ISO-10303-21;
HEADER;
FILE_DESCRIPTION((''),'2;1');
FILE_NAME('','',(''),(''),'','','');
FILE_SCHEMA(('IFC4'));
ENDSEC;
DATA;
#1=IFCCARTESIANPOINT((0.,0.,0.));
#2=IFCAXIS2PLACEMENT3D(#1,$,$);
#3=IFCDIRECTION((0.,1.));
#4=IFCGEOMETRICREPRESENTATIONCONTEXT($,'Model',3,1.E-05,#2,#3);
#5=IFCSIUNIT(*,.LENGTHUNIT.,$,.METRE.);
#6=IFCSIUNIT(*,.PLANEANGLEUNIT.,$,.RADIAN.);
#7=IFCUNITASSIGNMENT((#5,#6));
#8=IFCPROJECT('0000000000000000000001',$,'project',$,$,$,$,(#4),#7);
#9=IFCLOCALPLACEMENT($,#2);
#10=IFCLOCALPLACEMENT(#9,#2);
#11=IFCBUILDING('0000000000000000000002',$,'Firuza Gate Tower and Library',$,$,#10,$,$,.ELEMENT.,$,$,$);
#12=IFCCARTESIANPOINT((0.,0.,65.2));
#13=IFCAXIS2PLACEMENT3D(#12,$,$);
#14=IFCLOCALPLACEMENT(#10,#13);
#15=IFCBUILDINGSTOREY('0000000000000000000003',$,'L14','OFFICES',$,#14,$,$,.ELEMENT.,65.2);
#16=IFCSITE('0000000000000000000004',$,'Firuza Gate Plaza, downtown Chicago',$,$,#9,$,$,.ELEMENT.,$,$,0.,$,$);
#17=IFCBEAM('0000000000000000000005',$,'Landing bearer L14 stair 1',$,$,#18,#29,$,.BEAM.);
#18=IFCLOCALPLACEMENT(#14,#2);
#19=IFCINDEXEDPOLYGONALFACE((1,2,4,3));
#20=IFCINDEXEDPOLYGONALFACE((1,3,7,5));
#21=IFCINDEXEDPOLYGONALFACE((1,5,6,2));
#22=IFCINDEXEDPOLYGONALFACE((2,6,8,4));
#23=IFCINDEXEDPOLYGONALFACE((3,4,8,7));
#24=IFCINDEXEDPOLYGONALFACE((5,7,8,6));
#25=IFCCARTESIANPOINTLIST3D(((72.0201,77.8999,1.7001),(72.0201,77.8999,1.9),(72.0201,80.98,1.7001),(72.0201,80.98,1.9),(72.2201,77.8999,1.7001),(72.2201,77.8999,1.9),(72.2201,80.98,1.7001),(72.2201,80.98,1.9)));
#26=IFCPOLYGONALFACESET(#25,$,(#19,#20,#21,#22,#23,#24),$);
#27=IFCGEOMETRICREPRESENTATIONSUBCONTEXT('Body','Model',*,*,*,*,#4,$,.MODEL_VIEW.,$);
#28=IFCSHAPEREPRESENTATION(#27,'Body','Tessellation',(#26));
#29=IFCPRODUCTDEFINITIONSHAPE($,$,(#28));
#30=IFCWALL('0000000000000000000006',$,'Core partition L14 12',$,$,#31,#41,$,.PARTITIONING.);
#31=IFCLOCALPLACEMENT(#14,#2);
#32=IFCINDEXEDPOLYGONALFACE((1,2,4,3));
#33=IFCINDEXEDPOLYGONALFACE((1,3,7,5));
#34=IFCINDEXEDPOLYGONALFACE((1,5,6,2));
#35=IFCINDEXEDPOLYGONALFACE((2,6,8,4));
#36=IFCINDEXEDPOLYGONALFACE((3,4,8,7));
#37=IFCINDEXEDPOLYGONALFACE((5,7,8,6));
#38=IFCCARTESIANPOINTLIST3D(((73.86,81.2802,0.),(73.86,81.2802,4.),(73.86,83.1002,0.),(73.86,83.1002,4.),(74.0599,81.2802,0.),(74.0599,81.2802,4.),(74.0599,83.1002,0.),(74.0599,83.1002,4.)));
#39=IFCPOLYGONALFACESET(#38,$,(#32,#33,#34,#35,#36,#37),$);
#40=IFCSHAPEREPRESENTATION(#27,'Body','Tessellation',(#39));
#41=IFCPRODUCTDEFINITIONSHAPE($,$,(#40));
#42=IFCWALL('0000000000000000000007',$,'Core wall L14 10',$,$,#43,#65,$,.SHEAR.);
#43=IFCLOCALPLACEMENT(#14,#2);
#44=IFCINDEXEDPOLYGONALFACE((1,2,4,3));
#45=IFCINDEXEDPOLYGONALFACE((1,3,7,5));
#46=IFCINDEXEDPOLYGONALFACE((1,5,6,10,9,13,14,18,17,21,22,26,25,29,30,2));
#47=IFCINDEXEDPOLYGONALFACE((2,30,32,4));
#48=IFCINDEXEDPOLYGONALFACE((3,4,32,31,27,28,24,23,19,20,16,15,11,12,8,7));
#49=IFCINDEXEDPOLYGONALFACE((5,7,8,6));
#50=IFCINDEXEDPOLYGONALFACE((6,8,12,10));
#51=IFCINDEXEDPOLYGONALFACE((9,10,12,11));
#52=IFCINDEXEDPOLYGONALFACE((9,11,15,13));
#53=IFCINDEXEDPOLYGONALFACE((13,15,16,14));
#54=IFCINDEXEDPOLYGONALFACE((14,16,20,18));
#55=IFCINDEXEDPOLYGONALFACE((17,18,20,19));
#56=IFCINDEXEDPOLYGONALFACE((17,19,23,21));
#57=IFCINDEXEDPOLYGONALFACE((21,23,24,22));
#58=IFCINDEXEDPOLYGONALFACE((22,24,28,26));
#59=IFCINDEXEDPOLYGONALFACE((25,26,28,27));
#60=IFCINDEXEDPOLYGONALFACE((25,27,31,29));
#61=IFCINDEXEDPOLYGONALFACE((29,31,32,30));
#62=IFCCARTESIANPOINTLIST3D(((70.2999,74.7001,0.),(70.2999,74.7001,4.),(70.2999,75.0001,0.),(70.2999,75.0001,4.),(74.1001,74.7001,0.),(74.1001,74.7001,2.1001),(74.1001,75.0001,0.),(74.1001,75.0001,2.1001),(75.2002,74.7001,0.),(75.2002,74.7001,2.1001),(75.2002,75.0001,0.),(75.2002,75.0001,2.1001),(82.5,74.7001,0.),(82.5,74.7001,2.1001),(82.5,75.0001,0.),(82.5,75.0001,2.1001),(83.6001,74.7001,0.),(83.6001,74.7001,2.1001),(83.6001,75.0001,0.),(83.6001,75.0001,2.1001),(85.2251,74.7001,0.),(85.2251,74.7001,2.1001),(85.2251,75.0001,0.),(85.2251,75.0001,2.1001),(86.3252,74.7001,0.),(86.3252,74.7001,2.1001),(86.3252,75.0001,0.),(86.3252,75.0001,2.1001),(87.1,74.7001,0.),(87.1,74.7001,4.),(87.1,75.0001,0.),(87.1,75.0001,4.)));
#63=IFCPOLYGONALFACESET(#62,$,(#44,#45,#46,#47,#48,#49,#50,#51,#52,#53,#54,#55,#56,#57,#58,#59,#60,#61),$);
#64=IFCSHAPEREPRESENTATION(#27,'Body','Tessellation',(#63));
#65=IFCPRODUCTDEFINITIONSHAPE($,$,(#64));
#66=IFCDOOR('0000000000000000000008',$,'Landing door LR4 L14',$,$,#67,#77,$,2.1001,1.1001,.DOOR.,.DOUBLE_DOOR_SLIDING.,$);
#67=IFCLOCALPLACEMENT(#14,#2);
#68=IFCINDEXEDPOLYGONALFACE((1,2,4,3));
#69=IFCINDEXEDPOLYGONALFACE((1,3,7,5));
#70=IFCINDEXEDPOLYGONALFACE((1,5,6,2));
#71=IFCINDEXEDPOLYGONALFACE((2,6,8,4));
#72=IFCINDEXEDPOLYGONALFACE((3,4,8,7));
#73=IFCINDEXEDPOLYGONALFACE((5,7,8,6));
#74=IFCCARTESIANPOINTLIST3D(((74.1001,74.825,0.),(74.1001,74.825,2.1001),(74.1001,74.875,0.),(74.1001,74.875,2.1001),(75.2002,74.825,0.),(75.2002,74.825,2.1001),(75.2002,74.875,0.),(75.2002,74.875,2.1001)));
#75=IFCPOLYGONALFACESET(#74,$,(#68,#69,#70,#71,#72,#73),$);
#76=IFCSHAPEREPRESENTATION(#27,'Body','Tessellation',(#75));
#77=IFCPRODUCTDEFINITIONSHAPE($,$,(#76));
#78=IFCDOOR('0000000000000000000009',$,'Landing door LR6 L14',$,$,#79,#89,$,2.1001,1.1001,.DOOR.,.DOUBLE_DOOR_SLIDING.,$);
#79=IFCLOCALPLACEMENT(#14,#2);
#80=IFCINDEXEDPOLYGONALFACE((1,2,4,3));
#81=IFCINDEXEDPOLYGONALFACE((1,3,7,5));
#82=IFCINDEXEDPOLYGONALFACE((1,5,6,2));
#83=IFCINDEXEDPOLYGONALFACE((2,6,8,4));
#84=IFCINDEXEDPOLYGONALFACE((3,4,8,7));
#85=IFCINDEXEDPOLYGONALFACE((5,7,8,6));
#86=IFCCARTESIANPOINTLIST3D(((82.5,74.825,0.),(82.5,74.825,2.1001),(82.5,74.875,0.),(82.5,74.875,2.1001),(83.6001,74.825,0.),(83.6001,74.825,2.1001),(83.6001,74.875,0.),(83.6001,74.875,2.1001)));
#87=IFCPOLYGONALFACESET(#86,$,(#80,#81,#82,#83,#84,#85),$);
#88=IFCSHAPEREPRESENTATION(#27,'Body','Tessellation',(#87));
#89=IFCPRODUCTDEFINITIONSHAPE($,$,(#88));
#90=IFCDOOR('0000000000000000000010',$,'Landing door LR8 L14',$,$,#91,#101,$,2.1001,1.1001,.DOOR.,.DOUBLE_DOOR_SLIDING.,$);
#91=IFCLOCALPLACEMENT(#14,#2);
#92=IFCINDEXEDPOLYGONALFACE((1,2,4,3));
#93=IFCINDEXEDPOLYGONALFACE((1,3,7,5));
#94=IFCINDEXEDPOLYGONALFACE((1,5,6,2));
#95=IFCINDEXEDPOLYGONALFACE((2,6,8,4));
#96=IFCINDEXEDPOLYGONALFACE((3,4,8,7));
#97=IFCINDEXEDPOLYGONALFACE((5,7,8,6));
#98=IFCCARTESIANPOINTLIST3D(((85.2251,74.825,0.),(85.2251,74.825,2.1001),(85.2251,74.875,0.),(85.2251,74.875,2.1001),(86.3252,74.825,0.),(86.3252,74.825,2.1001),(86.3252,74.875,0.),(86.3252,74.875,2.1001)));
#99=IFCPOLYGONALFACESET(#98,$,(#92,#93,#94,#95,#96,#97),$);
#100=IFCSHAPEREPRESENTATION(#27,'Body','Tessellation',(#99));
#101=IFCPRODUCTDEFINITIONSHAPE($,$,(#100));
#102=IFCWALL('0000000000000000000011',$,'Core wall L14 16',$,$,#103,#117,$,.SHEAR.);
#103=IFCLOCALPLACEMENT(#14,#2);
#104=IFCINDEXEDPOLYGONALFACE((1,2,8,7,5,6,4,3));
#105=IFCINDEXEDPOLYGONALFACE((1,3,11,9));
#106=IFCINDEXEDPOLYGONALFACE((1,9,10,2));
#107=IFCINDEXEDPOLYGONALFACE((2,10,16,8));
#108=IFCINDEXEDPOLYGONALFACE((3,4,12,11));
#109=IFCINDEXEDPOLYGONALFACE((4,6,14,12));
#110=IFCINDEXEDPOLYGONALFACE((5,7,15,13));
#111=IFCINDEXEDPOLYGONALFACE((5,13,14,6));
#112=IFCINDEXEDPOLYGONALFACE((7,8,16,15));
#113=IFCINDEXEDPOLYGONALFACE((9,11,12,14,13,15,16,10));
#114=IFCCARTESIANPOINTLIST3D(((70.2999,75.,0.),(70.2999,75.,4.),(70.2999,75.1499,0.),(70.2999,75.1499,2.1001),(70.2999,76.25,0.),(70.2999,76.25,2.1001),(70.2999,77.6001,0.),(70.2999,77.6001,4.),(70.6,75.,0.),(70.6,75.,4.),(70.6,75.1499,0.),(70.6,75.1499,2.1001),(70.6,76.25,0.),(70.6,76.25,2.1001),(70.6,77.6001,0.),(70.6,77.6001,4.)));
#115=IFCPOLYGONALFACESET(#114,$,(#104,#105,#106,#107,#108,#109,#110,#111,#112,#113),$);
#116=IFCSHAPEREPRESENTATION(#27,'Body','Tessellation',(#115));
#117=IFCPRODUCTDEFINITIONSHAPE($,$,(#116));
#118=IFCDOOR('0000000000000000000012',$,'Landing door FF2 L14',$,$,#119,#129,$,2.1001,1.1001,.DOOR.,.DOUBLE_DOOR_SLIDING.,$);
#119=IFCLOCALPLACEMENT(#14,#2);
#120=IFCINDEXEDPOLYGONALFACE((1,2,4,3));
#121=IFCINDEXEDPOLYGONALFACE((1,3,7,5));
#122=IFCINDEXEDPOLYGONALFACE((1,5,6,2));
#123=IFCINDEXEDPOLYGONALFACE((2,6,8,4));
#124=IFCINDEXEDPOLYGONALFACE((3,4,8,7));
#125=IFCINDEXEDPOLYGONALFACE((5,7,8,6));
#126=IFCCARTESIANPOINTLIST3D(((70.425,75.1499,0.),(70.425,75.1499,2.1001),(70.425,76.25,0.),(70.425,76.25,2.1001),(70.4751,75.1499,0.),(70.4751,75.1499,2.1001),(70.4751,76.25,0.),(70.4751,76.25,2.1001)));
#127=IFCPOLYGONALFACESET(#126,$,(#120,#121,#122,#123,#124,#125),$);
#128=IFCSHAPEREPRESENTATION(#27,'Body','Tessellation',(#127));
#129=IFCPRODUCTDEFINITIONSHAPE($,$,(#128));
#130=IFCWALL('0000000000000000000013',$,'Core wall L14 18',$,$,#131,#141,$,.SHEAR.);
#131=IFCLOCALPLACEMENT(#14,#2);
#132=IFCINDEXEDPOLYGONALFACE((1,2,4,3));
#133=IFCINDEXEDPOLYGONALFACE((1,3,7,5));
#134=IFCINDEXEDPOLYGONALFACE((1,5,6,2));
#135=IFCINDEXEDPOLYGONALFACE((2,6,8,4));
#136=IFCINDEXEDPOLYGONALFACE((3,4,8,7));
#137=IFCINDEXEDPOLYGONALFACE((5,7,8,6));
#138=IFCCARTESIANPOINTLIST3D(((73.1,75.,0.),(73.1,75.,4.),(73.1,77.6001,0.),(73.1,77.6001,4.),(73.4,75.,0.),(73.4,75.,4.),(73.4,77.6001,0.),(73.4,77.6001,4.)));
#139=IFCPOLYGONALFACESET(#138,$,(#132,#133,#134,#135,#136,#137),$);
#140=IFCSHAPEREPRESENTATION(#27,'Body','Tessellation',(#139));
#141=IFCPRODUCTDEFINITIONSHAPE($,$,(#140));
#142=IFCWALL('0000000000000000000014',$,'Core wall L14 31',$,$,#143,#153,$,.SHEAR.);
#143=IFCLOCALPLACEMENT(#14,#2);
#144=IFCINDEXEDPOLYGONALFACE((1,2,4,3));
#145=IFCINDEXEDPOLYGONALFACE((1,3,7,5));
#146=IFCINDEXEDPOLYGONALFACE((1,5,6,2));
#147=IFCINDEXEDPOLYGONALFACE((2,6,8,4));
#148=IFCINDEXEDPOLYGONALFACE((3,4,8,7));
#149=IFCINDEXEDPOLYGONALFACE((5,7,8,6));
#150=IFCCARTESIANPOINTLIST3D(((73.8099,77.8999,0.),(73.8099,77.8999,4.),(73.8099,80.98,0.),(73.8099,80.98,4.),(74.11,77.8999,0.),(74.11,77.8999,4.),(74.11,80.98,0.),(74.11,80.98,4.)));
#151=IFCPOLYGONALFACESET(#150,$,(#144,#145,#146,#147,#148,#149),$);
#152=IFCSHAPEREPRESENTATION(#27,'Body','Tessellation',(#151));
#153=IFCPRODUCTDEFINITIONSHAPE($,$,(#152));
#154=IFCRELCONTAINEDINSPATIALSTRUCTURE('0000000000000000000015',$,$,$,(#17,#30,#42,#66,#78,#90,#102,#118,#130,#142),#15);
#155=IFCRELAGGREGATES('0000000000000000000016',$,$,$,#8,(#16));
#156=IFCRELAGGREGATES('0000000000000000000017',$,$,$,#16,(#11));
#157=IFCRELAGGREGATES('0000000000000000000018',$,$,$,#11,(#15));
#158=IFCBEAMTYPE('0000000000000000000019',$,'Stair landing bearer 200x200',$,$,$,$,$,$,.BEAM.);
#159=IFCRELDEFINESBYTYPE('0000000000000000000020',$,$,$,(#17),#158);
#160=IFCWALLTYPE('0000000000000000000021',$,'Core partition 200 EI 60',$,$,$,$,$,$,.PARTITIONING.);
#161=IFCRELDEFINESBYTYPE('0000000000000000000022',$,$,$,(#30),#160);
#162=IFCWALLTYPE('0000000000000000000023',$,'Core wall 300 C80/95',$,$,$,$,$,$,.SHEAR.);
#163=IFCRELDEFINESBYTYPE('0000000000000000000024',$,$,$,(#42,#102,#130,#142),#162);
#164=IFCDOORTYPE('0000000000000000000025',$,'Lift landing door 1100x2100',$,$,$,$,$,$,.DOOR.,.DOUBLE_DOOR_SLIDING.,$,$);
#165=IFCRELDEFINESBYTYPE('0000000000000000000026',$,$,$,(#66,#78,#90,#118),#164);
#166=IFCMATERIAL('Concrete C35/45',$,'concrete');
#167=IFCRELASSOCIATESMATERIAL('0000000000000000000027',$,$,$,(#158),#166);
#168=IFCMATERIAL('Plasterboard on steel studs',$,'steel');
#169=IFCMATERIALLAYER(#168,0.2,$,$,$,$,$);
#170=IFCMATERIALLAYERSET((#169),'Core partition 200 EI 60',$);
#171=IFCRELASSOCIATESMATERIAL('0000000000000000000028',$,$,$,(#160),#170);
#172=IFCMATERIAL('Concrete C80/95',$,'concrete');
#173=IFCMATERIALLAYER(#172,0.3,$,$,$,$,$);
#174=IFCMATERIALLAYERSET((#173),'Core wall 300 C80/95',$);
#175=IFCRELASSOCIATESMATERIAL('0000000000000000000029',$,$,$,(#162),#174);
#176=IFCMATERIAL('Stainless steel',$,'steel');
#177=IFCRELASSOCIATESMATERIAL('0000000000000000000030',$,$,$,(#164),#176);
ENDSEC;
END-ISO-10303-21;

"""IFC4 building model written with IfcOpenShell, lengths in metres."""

from ifc_helpers import new_model, si_unit, direction, frame, frame_2d, origin, origin_2d, place, context, subcontext, project, spatial, rectangle, extrude, material, layer, layer_set, material_profile, profile_set, type_object, element, fill, save


model = new_model("IFC4")

# Units and contexts
model_context = context("Model", 3, precision=1e-05, world=origin(), true_north=direction((0.0, 1.0)))
body_context = subcontext(model_context, "Body", "Model", "MODEL_VIEW")
ifc_project = project(units=[si_unit("LENGTHUNIT", "METRE"), si_unit("PLANEANGLEUNIT", "RADIAN")], contexts=[model_context])

# Site, building, storey
site_placement = place(None, origin())
site = spatial("IfcSite", under=ifc_project, at=site_placement, Name="Firuza Gate Plaza, downtown Chicago", CompositionType="ELEMENT", RefElevation=0.0)
building_placement = place(site_placement, origin())
building = spatial("IfcBuilding", under=site, at=building_placement, Name="Firuza Gate Tower and Library", CompositionType="ELEMENT")
storey_placement = place(building_placement, frame((0.0, 0.0, 65.2)))
storey = spatial("IfcBuildingStorey", under=building, at=storey_placement, Name="L14", Description="OFFICES", CompositionType="ELEMENT", Elevation=65.2)

# Beam
ifc_material_1 = material(Name="Concrete C35/45", Category="concrete")
ifc_material_profile = material_profile(ifc_material_1, rectangle(XDim=0.2, YDim=0.2, at=origin_2d()))
ifc_profile_set = profile_set([ifc_material_profile], Name="Concrete C35/45")
beam_type = type_object("IfcBeamType", Name="Stair landing bearer 200x200", PredefinedType="BEAM", material=ifc_profile_set)
beam_placement = place(storey_placement, frame((72.1201, 77.8999, 1.8), z_axis=(0.0, 1.0, 0.0), x_axis=(-1.0, 0.0, 0.0)))
element("IfcBeam", 1, at=beam_placement, inside=storey, type_object=beam_type, Name="Landing bearer L14 stair 1", PredefinedType="BEAM", context=body_context, shape_type="SweptSolid", body=[
    extrude(rectangle(XDim=0.2, YDim=0.2, at=origin_2d()), origin(), (0.0, 0.0, 1.0), 3.0801),
])

# Wall
ifc_material_2 = material(Name="Plasterboard on steel studs", Category="steel")
ifc_layer_1 = layer(ifc_material_2, 0.2)
ifc_layer_set_1 = layer_set([ifc_layer_1], Name="Core partition 200 EI 60")
wall_type_1 = type_object("IfcWallType", Name="Core partition 200 EI 60", PredefinedType="PARTITIONING", material=ifc_layer_set_1)
wall_1_placement = place(storey_placement, frame((73.96, 81.28, 0.0), z_axis=(0.0, 0.0, 1.0), x_axis=(0.0, 1.0, 0.0)))
element("IfcWall", 2, at=wall_1_placement, inside=storey, type_object=wall_type_1, Name="Core partition L14 12", PredefinedType="PARTITIONING", context=body_context, shape_type="SweptSolid", body=[
    extrude(rectangle(XDim=1.8201, YDim=0.2, at=frame_2d((0.9102, 0.0))), origin(), (0.0, 0.0, 1.0), 4.0),
])

# Wall, openings, doors
ifc_material_3 = material(Name="Concrete C80/95", Category="concrete")
ifc_layer_2 = layer(ifc_material_3, 0.3)
ifc_layer_set_2 = layer_set([ifc_layer_2], Name="Core wall 300 C80/95")
wall_type_2 = type_object("IfcWallType", Name="Core wall 300 C80/95", PredefinedType="SHEAR", material=ifc_layer_set_2)
wall_2_placement = place(storey_placement, frame((70.3, 74.8501, 0.0), z_axis=(0.0, 0.0, 1.0), x_axis=(1.0, 0.0, 0.0)))
wall_2 = element("IfcWall", 3, at=wall_2_placement, inside=storey, type_object=wall_type_2, Name="Core wall L14 10", PredefinedType="SHEAR", context=body_context, shape_type="SweptSolid", body=[
    extrude(rectangle(XDim=16.8, YDim=0.3, at=frame_2d((8.3999, 0.0))), origin(), (0.0, 0.0, 1.0), 4.0),
])
opening_1_placement = place(wall_2_placement, frame((3.8, 0.0, 0.0)))
opening_1 = element("IfcOpeningElement", 4, at=opening_1_placement, cuts=wall_2, PredefinedType="OPENING", context=body_context, shape_type="SweptSolid", body=[
    extrude(rectangle(XDim=1.1001, YDim=2.1001, at=frame_2d((0.55, 1.05))), frame((0.0, 0.1602, 0.0), z_axis=(0.0, -1.0, 0.0), x_axis=(1.0, 0.0, 0.0)), (0.0, 0.0, 1.0), 0.3201),
])
opening_2_placement = place(wall_2_placement, frame((12.2, 0.0, 0.0)))
opening_2 = element("IfcOpeningElement", 5, at=opening_2_placement, cuts=wall_2, PredefinedType="OPENING", context=body_context, shape_type="SweptSolid", body=[
    extrude(rectangle(XDim=1.1001, YDim=2.1001, at=frame_2d((0.55, 1.05))), frame((0.0, 0.1602, 0.0), z_axis=(0.0, -1.0, 0.0), x_axis=(1.0, 0.0, 0.0)), (0.0, 0.0, 1.0), 0.3201),
])
opening_3_placement = place(wall_2_placement, frame((14.925, 0.0, 0.0)))
opening_3 = element("IfcOpeningElement", 6, at=opening_3_placement, cuts=wall_2, PredefinedType="OPENING", context=body_context, shape_type="SweptSolid", body=[
    extrude(rectangle(XDim=1.1001, YDim=2.1001, at=frame_2d((0.55, 1.05))), frame((0.0, 0.1602, 0.0), z_axis=(0.0, -1.0, 0.0), x_axis=(1.0, 0.0, 0.0)), (0.0, 0.0, 1.0), 0.3201),
])
ifc_material_4 = material(Name="Stainless steel", Category="steel")
door_type_1 = type_object("IfcDoorType", Name="Lift landing door 1100x2100", OperationType="DOUBLE_DOOR_SLIDING", PredefinedType="DOOR", material=ifc_material_4)
door_1_placement = place(opening_1_placement, origin())
door_1 = element("IfcDoor", 7, at=door_1_placement, inside=storey, type_object=door_type_1, Name="Landing door LR4 L14", OperationType="DOUBLE_DOOR_SLIDING", OverallHeight=2.1001, OverallWidth=1.1001, PredefinedType="DOOR", context=body_context, shape_type="SweptSolid", body=[
    extrude(rectangle(XDim=1.1001, YDim=2.1001, at=frame_2d((0.55, 1.05))), frame((0.0, 0.0249, 0.0), z_axis=(0.0, -1.0, 0.0), x_axis=(1.0, 0.0, 0.0)), (0.0, 0.0, 1.0), 0.05),
])
fill(opening_1, door_1)
door_2_placement = place(opening_2_placement, origin())
door_2 = element("IfcDoor", 8, at=door_2_placement, inside=storey, type_object=door_type_1, Name="Landing door LR6 L14", OperationType="DOUBLE_DOOR_SLIDING", OverallHeight=2.1001, OverallWidth=1.1001, PredefinedType="DOOR", context=body_context, shape_type="SweptSolid", body=[
    extrude(rectangle(XDim=1.1001, YDim=2.1001, at=frame_2d((0.55, 1.05))), frame((0.0, 0.0249, 0.0), z_axis=(0.0, -1.0, 0.0), x_axis=(1.0, 0.0, 0.0)), (0.0, 0.0, 1.0), 0.05),
])
fill(opening_2, door_2)
door_3_placement = place(opening_3_placement, origin())
door_3 = element("IfcDoor", 9, at=door_3_placement, inside=storey, type_object=door_type_1, Name="Landing door LR8 L14", OperationType="DOUBLE_DOOR_SLIDING", OverallHeight=2.1001, OverallWidth=1.1001, PredefinedType="DOOR", context=body_context, shape_type="SweptSolid", body=[
    extrude(rectangle(XDim=1.1001, YDim=2.1001, at=frame_2d((0.55, 1.05))), frame((0.0, 0.0249, 0.0), z_axis=(0.0, -1.0, 0.0), x_axis=(1.0, 0.0, 0.0)), (0.0, 0.0, 1.0), 0.05),
])
fill(opening_3, door_3)

# Wall, opening, door
wall_3_placement = place(storey_placement, frame((70.45, 75.0, 0.0), z_axis=(0.0, 0.0, 1.0), x_axis=(0.0, 1.0, 0.0)))
wall_3 = element("IfcWall", 10, at=wall_3_placement, inside=storey, type_object=wall_type_2, Name="Core wall L14 16", PredefinedType="SHEAR", context=body_context, shape_type="SweptSolid", body=[
    extrude(rectangle(XDim=2.6001, YDim=0.3, at=frame_2d((1.3, 0.0))), origin(), (0.0, 0.0, 1.0), 4.0),
])
opening_4_placement = place(wall_3_placement, frame((0.1499, 0.0, 0.0)))
opening_4 = element("IfcOpeningElement", 11, at=opening_4_placement, cuts=wall_3, PredefinedType="OPENING", context=body_context, shape_type="SweptSolid", body=[
    extrude(rectangle(XDim=1.1001, YDim=2.1001, at=frame_2d((0.55, 1.05))), frame((0.0, 0.1602, 0.0), z_axis=(0.0, -1.0, 0.0), x_axis=(1.0, 0.0, 0.0)), (0.0, 0.0, 1.0), 0.3201),
])
door_4_placement = place(opening_4_placement, origin())
door_4 = element("IfcDoor", 12, at=door_4_placement, inside=storey, type_object=door_type_1, Name="Landing door FF2 L14", OperationType="DOUBLE_DOOR_SLIDING", OverallHeight=2.1001, OverallWidth=1.1001, PredefinedType="DOOR", context=body_context, shape_type="SweptSolid", body=[
    extrude(rectangle(XDim=1.1001, YDim=2.1001, at=frame_2d((0.55, 1.05))), frame((0.0, 0.0249, 0.0), z_axis=(0.0, -1.0, 0.0), x_axis=(1.0, 0.0, 0.0)), (0.0, 0.0, 1.0), 0.05),
])
fill(opening_4, door_4)

# Walls
wall_4_placement = place(storey_placement, frame((73.25, 75.0, 0.0), z_axis=(0.0, 0.0, 1.0), x_axis=(0.0, 1.0, 0.0)))
element("IfcWall", 13, at=wall_4_placement, inside=storey, type_object=wall_type_2, Name="Core wall L14 18", PredefinedType="SHEAR", context=body_context, shape_type="SweptSolid", body=[
    extrude(rectangle(XDim=2.6001, YDim=0.3, at=frame_2d((1.3, 0.0))), origin(), (0.0, 0.0, 1.0), 4.0),
])
wall_5_placement = place(storey_placement, frame((73.96, 77.8999, 0.0), z_axis=(0.0, 0.0, 1.0), x_axis=(0.0, 1.0, 0.0)))
element("IfcWall", 14, at=wall_5_placement, inside=storey, type_object=wall_type_2, Name="Core wall L14 31", PredefinedType="SHEAR", context=body_context, shape_type="SweptSolid", body=[
    extrude(rectangle(XDim=3.0801, YDim=0.3, at=frame_2d((1.54, 0.0))), origin(), (0.0, 0.0, 1.0), 4.0),
])

save(model, "model.ifc")
